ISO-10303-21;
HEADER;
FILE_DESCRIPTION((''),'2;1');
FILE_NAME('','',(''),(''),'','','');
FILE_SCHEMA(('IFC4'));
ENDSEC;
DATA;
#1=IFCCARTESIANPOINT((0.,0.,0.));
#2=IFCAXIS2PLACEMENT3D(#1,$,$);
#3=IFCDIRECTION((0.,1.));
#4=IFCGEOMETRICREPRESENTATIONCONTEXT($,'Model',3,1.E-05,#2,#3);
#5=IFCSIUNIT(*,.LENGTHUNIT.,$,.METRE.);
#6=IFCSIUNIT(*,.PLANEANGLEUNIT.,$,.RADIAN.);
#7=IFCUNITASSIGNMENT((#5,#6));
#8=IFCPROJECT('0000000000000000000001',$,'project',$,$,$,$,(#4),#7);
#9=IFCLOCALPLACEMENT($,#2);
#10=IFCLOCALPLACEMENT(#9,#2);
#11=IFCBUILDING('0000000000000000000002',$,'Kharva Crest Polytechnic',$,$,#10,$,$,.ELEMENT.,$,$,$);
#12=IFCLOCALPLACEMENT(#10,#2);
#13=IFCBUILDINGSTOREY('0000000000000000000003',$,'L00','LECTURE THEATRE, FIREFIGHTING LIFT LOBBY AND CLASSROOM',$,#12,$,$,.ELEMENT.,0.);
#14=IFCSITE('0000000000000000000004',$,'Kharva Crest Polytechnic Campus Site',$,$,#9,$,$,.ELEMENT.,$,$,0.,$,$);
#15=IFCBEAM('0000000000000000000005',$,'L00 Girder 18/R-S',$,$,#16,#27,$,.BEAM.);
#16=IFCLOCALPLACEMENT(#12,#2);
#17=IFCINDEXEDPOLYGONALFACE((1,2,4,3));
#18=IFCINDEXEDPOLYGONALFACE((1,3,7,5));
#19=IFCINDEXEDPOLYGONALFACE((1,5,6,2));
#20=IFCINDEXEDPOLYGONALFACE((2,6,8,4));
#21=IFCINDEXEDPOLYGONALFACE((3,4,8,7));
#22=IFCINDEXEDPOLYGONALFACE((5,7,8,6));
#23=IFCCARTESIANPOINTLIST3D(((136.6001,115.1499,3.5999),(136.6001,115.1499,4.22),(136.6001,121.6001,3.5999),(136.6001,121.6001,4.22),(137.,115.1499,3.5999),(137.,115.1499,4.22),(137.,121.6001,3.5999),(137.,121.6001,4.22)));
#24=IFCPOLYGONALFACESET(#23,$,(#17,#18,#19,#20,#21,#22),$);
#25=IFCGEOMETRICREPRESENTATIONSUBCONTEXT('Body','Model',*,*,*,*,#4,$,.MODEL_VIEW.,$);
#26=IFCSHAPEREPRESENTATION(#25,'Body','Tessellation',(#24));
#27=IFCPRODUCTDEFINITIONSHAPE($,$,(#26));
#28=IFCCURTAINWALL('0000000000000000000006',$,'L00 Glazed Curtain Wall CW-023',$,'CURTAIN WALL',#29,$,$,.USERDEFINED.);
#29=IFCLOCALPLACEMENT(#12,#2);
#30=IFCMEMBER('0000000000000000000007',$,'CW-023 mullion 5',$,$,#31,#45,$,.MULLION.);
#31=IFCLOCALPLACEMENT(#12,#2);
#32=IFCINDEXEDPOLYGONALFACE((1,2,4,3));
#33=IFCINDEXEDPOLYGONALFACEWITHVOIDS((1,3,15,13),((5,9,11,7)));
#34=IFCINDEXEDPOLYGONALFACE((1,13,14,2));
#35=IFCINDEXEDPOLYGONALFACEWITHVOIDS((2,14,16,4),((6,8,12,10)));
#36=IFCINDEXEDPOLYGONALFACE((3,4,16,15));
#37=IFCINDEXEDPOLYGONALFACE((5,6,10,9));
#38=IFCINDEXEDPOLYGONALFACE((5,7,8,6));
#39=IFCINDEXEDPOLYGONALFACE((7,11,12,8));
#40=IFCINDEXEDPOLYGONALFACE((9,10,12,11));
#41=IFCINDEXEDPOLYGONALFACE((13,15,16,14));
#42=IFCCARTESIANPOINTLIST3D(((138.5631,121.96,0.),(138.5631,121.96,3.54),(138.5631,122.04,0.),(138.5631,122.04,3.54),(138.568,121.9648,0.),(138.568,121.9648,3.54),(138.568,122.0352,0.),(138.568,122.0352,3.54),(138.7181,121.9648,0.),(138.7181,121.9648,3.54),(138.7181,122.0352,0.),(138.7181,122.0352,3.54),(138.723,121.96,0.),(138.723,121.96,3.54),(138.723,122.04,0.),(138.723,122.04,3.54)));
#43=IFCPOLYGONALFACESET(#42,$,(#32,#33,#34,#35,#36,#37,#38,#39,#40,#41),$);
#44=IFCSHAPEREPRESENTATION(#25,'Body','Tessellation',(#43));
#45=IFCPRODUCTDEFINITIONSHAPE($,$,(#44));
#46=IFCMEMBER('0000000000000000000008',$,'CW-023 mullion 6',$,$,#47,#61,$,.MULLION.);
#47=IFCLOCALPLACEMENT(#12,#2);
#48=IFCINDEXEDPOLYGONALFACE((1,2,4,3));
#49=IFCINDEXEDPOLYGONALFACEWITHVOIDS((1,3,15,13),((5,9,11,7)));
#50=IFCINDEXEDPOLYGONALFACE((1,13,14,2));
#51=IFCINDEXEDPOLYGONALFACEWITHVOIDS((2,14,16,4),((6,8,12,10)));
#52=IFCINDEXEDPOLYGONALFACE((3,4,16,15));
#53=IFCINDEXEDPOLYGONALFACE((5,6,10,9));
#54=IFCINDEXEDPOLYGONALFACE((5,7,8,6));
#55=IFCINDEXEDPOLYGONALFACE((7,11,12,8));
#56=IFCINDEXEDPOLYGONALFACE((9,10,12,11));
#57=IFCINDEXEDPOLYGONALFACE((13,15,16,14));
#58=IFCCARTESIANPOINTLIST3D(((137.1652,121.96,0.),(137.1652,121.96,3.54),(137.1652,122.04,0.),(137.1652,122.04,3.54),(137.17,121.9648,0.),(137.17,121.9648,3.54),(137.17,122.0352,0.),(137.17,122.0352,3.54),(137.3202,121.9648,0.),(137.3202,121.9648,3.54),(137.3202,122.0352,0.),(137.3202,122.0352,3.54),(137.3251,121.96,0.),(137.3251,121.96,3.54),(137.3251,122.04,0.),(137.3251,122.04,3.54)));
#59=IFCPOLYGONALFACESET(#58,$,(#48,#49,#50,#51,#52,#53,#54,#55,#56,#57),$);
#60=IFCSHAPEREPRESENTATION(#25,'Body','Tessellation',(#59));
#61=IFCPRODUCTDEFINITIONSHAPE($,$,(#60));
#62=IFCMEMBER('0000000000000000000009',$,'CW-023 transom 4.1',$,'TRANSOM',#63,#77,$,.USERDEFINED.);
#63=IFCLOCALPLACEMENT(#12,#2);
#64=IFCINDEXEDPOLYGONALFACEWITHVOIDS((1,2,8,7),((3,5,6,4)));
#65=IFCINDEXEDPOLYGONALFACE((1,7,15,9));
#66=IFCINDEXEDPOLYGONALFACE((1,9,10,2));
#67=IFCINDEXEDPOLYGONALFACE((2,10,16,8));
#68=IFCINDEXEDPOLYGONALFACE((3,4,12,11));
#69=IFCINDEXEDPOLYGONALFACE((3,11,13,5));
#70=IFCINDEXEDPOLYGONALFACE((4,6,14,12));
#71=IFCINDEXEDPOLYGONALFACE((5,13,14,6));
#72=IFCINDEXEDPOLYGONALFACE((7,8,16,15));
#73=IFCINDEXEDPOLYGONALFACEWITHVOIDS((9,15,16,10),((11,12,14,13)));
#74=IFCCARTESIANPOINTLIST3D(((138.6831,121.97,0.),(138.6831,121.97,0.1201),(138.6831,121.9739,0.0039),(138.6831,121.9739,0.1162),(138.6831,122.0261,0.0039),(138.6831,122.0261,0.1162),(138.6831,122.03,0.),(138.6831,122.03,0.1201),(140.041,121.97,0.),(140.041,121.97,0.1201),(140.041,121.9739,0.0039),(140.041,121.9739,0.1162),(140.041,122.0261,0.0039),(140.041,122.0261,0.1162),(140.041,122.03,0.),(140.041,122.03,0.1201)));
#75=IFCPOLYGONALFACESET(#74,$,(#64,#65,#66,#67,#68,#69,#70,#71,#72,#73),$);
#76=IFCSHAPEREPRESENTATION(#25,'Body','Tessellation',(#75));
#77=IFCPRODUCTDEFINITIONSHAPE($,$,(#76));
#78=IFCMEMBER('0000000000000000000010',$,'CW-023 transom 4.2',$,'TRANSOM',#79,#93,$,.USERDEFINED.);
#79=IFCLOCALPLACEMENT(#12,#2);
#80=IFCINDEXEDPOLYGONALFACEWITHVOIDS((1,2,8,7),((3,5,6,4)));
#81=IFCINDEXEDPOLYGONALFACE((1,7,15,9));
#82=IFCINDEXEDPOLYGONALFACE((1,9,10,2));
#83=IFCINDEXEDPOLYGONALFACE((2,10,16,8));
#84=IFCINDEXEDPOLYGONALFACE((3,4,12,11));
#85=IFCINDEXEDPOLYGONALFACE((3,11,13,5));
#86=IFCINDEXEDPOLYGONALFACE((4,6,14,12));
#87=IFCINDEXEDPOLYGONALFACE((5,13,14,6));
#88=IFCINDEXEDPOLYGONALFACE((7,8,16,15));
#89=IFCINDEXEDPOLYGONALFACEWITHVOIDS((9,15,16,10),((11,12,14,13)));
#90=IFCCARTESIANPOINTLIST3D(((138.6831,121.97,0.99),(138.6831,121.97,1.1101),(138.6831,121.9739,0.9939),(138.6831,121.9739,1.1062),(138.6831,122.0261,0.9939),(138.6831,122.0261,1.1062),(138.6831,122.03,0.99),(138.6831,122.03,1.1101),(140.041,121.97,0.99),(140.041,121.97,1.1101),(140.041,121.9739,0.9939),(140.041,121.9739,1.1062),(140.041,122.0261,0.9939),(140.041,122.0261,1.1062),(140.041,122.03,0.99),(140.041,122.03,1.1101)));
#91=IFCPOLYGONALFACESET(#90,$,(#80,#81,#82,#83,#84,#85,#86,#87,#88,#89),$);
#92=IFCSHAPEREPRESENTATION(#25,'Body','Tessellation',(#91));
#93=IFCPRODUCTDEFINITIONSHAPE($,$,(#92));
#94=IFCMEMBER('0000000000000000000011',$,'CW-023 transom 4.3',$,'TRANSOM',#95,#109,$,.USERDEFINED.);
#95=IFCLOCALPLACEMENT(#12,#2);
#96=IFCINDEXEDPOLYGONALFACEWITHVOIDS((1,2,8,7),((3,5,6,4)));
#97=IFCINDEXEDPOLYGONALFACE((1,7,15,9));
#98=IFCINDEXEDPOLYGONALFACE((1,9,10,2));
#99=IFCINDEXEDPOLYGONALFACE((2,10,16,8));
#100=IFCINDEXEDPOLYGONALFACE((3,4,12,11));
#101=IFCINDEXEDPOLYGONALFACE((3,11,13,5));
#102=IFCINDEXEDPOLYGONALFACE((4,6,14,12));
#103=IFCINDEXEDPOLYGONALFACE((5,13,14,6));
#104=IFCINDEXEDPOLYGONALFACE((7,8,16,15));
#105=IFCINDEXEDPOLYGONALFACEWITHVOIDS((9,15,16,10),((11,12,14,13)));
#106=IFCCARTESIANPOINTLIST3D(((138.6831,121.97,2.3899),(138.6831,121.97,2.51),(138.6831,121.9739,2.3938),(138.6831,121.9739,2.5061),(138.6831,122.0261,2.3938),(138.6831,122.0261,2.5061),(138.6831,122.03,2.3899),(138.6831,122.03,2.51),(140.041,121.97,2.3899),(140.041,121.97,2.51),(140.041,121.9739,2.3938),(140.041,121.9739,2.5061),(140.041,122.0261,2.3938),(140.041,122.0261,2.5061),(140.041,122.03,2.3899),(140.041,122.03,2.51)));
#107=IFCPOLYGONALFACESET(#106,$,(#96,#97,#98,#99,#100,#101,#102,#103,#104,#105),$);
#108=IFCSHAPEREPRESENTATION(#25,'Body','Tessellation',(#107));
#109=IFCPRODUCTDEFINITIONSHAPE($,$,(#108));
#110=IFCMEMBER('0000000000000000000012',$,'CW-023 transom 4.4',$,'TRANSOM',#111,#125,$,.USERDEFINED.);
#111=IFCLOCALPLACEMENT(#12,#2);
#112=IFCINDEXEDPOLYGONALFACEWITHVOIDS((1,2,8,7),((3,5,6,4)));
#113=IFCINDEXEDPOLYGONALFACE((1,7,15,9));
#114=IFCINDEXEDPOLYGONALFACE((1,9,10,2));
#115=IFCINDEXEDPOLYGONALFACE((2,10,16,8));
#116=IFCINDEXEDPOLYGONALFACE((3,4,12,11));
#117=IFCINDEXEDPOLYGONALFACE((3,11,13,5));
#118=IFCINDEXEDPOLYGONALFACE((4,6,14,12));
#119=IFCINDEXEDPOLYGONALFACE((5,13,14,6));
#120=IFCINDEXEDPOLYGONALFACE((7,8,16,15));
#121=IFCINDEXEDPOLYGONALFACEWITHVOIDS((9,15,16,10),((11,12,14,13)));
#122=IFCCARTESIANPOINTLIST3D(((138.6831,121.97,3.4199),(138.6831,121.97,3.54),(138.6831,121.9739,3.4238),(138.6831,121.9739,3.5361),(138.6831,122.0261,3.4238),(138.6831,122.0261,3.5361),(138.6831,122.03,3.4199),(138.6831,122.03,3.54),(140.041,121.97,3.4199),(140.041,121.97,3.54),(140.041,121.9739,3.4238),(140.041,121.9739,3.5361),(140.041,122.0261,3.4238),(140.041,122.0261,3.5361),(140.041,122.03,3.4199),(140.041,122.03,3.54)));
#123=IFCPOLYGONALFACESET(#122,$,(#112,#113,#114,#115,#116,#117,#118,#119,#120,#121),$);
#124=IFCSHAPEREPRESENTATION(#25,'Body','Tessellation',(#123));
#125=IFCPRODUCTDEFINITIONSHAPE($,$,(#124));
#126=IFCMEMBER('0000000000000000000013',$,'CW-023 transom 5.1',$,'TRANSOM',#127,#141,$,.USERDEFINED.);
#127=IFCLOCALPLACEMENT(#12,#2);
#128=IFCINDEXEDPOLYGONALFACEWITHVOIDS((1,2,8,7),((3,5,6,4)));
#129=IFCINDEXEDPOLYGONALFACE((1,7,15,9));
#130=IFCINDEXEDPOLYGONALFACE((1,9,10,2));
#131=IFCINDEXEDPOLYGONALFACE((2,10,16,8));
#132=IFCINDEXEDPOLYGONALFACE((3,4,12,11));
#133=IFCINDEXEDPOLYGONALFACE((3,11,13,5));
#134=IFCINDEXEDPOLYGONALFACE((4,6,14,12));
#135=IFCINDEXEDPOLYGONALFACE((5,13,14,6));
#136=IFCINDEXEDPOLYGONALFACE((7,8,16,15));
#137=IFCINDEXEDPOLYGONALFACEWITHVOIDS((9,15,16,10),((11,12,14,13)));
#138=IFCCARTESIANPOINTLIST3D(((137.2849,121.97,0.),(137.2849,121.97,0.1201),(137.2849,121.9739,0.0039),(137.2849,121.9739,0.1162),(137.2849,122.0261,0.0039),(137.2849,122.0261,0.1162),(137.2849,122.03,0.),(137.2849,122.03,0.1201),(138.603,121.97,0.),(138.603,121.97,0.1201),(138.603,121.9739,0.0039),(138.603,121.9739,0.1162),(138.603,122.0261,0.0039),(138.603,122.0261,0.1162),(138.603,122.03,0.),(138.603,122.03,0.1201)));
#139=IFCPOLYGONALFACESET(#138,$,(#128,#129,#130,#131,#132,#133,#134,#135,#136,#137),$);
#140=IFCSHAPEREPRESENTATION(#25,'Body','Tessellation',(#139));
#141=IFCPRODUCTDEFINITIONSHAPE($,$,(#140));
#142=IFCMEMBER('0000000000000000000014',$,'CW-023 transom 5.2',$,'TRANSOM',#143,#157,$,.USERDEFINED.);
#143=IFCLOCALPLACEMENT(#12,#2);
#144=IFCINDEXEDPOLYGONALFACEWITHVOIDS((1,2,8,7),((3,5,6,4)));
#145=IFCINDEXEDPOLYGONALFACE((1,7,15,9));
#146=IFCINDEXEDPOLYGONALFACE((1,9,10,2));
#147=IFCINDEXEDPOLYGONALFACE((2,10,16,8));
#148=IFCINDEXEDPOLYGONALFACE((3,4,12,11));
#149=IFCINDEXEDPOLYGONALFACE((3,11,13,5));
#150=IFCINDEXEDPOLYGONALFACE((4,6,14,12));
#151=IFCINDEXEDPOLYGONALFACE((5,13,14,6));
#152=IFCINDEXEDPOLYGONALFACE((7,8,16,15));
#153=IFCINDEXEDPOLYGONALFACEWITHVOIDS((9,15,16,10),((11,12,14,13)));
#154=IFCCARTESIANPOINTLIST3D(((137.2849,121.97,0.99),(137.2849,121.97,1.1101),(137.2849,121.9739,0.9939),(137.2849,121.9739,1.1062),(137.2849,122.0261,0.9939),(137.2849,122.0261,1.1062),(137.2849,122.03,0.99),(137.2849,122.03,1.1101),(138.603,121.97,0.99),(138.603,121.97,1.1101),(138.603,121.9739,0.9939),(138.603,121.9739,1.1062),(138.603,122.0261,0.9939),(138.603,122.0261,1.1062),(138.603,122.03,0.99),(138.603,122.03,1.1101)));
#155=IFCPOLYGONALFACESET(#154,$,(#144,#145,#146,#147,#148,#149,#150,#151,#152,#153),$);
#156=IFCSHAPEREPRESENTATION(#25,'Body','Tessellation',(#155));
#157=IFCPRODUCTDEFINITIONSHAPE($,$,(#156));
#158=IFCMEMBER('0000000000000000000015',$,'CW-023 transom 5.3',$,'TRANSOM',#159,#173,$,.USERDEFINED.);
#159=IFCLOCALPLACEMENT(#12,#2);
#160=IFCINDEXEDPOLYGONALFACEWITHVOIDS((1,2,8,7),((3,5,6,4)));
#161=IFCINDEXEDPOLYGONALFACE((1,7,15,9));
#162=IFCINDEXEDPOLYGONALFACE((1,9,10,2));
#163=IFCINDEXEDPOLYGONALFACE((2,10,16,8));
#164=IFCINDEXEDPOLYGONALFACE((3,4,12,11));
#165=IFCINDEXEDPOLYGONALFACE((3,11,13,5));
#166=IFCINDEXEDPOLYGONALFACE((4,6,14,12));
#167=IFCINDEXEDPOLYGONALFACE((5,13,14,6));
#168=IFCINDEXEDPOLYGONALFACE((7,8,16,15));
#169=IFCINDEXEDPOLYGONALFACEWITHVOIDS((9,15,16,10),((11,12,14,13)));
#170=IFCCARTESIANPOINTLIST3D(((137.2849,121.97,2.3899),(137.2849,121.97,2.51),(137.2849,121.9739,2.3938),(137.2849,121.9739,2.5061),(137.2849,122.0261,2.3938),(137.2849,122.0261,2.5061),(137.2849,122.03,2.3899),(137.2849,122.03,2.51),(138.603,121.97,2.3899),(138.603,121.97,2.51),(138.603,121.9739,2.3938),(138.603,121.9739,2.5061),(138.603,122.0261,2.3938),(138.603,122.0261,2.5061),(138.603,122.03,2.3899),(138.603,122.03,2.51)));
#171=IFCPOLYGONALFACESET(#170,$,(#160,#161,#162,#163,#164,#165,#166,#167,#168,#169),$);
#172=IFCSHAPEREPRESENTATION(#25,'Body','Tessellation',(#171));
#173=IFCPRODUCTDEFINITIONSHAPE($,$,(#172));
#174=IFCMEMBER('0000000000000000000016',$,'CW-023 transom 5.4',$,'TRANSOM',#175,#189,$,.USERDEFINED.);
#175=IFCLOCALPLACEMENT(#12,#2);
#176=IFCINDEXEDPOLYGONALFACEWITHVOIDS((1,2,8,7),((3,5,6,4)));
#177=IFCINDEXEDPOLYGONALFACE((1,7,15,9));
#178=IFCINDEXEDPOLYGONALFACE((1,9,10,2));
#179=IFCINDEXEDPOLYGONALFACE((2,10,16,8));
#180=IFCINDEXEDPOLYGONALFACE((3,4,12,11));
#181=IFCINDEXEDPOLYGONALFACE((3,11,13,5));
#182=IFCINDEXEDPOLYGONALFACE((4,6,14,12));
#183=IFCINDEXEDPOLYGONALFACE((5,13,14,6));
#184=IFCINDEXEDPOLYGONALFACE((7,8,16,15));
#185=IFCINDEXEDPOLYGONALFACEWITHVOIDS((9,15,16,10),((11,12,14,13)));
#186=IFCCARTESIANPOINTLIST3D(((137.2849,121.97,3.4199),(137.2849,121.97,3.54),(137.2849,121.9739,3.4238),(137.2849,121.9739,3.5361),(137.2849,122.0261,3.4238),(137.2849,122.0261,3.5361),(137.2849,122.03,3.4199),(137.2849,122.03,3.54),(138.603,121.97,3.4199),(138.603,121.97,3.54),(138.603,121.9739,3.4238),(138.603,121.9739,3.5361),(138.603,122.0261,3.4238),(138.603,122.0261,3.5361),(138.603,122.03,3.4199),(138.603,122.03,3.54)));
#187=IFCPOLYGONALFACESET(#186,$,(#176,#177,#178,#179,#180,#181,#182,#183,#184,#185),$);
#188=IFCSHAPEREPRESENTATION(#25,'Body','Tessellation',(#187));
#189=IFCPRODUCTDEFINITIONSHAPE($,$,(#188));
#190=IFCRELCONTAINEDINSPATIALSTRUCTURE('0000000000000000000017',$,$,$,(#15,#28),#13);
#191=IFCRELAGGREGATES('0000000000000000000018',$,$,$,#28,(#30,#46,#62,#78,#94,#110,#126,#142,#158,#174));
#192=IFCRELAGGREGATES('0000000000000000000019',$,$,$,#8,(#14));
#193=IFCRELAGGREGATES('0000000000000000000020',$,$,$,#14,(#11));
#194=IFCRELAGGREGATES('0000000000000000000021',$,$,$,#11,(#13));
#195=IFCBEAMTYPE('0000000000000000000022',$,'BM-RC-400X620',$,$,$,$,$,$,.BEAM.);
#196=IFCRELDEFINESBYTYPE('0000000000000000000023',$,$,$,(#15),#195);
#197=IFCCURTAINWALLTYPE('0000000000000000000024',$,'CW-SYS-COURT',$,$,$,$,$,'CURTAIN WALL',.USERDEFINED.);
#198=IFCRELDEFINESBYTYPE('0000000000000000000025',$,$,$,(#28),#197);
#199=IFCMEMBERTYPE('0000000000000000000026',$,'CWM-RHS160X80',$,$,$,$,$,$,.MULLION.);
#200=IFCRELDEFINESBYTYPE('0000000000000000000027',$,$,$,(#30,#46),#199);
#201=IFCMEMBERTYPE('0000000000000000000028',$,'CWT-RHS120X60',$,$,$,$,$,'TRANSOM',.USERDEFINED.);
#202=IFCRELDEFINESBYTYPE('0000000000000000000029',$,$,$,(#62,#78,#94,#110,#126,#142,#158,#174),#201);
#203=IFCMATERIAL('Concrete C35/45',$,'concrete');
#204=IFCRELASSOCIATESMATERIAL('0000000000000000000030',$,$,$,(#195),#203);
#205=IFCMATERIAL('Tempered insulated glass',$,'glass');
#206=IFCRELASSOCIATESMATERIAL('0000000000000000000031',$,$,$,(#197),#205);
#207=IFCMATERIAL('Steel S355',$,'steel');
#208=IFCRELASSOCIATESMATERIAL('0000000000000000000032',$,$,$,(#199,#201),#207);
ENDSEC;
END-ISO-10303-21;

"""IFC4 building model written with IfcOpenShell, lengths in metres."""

from ifc_helpers import new_model, si_unit, direction, frame, origin, origin_2d, place, context, subcontext, project, spatial, rectangle, hollow_rectangle, extrude, material, material_profile, profile_set, type_object, element, aggregate, save


model = new_model("IFC4")

# Units and contexts
model_context = context("Model", 3, precision=1e-05, world=origin(), true_north=direction((0.0, 1.0)))
body_context = subcontext(model_context, "Body", "Model", "MODEL_VIEW")
ifc_project = project(units=[si_unit("LENGTHUNIT", "METRE"), si_unit("PLANEANGLEUNIT", "RADIAN")], contexts=[model_context])

# Site, building, storey
site_placement = place(None, origin())
site = spatial("IfcSite", under=ifc_project, at=site_placement, Name="Kharva Crest Polytechnic Campus Site", CompositionType="ELEMENT", RefElevation=0.0)
building_placement = place(site_placement, origin())
building = spatial("IfcBuilding", under=site, at=building_placement, Name="Kharva Crest Polytechnic", CompositionType="ELEMENT")
storey_placement = place(building_placement, origin())
storey = spatial("IfcBuildingStorey", under=building, at=storey_placement, Name="L00", Description="LECTURE THEATRE, FIREFIGHTING LIFT LOBBY AND CLASSROOM", CompositionType="ELEMENT", Elevation=0.0)

# Shared definitions
ifc_material_1 = material(Name="Concrete C35/45", Category="concrete")

# Beam
ifc_material_profile_1 = material_profile(ifc_material_1, rectangle(XDim=0.3999, YDim=0.6201, at=origin_2d()), Name="RECT 400 X 620")
ifc_profile_set_1 = profile_set([ifc_material_profile_1], Name="Concrete C35/45")
beam_type_1 = type_object("IfcBeamType", Name="BM-RC-400X620", PredefinedType="BEAM", material=ifc_profile_set_1)
beam_1_placement = place(storey_placement, frame((136.8, 115.1499, 3.9099), z_axis=(0.0, 1.0, 0.0), x_axis=(-1.0, 0.0, 0.0)))
element("IfcBeam", 1, at=beam_1_placement, inside=storey, type_object=beam_type_1, Name="L00 Girder 18/R-S", PredefinedType="BEAM", context=body_context, shape_type="SweptSolid", body=[
    extrude(rectangle(XDim=0.3999, YDim=0.6201, at=origin_2d()), origin(), (0.0, 0.0, 1.0), 6.4502),
])

# Curtain wall, members
ifc_material_2 = material(Name="Tempered insulated glass", Category="glass")
curtain_wall_type = type_object("IfcCurtainWallType", Name="CW-SYS-COURT", ElementType="CURTAIN WALL", PredefinedType="USERDEFINED", material=ifc_material_2)
curtain_wall_placement = place(storey_placement, origin())
curtain_wall = element("IfcCurtainWall", 2, at=curtain_wall_placement, inside=storey, type_object=curtain_wall_type, Name="L00 Glazed Curtain Wall CW-023", ObjectType="CURTAIN WALL", PredefinedType="USERDEFINED")
ifc_material_3 = material(Name="Steel S355", Category="steel")
ifc_material_profile_2 = material_profile(ifc_material_3, hollow_rectangle(XDim=0.0801, YDim=0.1599, WallThickness=0.0049, at=origin_2d()), Name="RHS 160X80X5.0")
ifc_profile_set_2 = profile_set([ifc_material_profile_2], Name="Steel S355")
member_type_1 = type_object("IfcMemberType", Name="CWM-RHS160X80", PredefinedType="MULLION", material=ifc_profile_set_2)
member_1_placement = place(storey_placement, frame((138.6431, 122.0, 0.0), z_axis=(0.0, 0.0, 1.0), x_axis=(0.0, -1.0, 0.0)))
member_1 = element("IfcMember", 3, at=member_1_placement, type_object=member_type_1, Name="CW-023 mullion 5", PredefinedType="MULLION", context=body_context, shape_type="SweptSolid", body=[
    extrude(hollow_rectangle(XDim=0.0801, YDim=0.1599, WallThickness=0.0049, at=origin_2d()), origin(), (0.0, 0.0, 1.0), 3.54),
])
member_2_placement = place(storey_placement, frame((137.2451, 122.0, 0.0), z_axis=(0.0, 0.0, 1.0), x_axis=(0.0, -1.0, 0.0)))
member_2 = element("IfcMember", 4, at=member_2_placement, type_object=member_type_1, Name="CW-023 mullion 6", PredefinedType="MULLION", context=body_context, shape_type="SweptSolid", body=[
    extrude(hollow_rectangle(XDim=0.0801, YDim=0.1599, WallThickness=0.0049, at=origin_2d()), origin(), (0.0, 0.0, 1.0), 3.54),
])
ifc_material_profile_3 = material_profile(ifc_material_3, hollow_rectangle(XDim=0.0601, YDim=0.1201, WallThickness=0.0039, at=origin_2d()), Name="RHS 120X60X4.0")
ifc_profile_set_3 = profile_set([ifc_material_profile_3], Name="Steel S355")
member_type_2 = type_object("IfcMemberType", Name="CWT-RHS120X60", ElementType="TRANSOM", PredefinedType="USERDEFINED", material=ifc_profile_set_3)
member_3_placement = place(storey_placement, frame((140.041, 122.0, 0.0601), z_axis=(-1.0, 0.0, 0.0), x_axis=(0.0, -1.0, 0.0)))
member_3 = element("IfcMember", 5, at=member_3_placement, type_object=member_type_2, Name="CW-023 transom 4.1", ObjectType="TRANSOM", PredefinedType="USERDEFINED", context=body_context, shape_type="SweptSolid", body=[
    extrude(hollow_rectangle(XDim=0.0601, YDim=0.1201, WallThickness=0.0039, at=origin_2d()), origin(), (0.0, 0.0, 1.0), 1.3579),
])
member_4_placement = place(storey_placement, frame((140.041, 122.0, 1.05), z_axis=(-1.0, 0.0, 0.0), x_axis=(0.0, -1.0, 0.0)))
member_4 = element("IfcMember", 6, at=member_4_placement, type_object=member_type_2, Name="CW-023 transom 4.2", ObjectType="TRANSOM", PredefinedType="USERDEFINED", context=body_context, shape_type="SweptSolid", body=[
    extrude(hollow_rectangle(XDim=0.0601, YDim=0.1201, WallThickness=0.0039, at=origin_2d()), origin(), (0.0, 0.0, 1.0), 1.3579),
])
member_5_placement = place(storey_placement, frame((140.041, 122.0, 2.45), z_axis=(-1.0, 0.0, 0.0), x_axis=(0.0, -1.0, 0.0)))
member_5 = element("IfcMember", 7, at=member_5_placement, type_object=member_type_2, Name="CW-023 transom 4.3", ObjectType="TRANSOM", PredefinedType="USERDEFINED", context=body_context, shape_type="SweptSolid", body=[
    extrude(hollow_rectangle(XDim=0.0601, YDim=0.1201, WallThickness=0.0039, at=origin_2d()), origin(), (0.0, 0.0, 1.0), 1.3579),
])
member_6_placement = place(storey_placement, frame((140.041, 122.0, 3.48), z_axis=(-1.0, 0.0, 0.0), x_axis=(0.0, -1.0, 0.0)))
member_6 = element("IfcMember", 8, at=member_6_placement, type_object=member_type_2, Name="CW-023 transom 4.4", ObjectType="TRANSOM", PredefinedType="USERDEFINED", context=body_context, shape_type="SweptSolid", body=[
    extrude(hollow_rectangle(XDim=0.0601, YDim=0.1201, WallThickness=0.0039, at=origin_2d()), origin(), (0.0, 0.0, 1.0), 1.3579),
])
member_7_placement = place(storey_placement, frame((138.603, 122.0, 0.0601), z_axis=(-1.0, 0.0, 0.0), x_axis=(0.0, -1.0, 0.0)))
member_7 = element("IfcMember", 9, at=member_7_placement, type_object=member_type_2, Name="CW-023 transom 5.1", ObjectType="TRANSOM", PredefinedType="USERDEFINED", context=body_context, shape_type="SweptSolid", body=[
    extrude(hollow_rectangle(XDim=0.0601, YDim=0.1201, WallThickness=0.0039, at=origin_2d()), origin(), (0.0, 0.0, 1.0), 1.3181),
])
member_8_placement = place(storey_placement, frame((138.603, 122.0, 1.05), z_axis=(-1.0, 0.0, 0.0), x_axis=(0.0, -1.0, 0.0)))
member_8 = element("IfcMember", 10, at=member_8_placement, type_object=member_type_2, Name="CW-023 transom 5.2", ObjectType="TRANSOM", PredefinedType="USERDEFINED", context=body_context, shape_type="SweptSolid", body=[
    extrude(hollow_rectangle(XDim=0.0601, YDim=0.1201, WallThickness=0.0039, at=origin_2d()), origin(), (0.0, 0.0, 1.0), 1.3181),
])
member_9_placement = place(storey_placement, frame((138.603, 122.0, 2.45), z_axis=(-1.0, 0.0, 0.0), x_axis=(0.0, -1.0, 0.0)))
member_9 = element("IfcMember", 11, at=member_9_placement, type_object=member_type_2, Name="CW-023 transom 5.3", ObjectType="TRANSOM", PredefinedType="USERDEFINED", context=body_context, shape_type="SweptSolid", body=[
    extrude(hollow_rectangle(XDim=0.0601, YDim=0.1201, WallThickness=0.0039, at=origin_2d()), origin(), (0.0, 0.0, 1.0), 1.3181),
])
member_10_placement = place(storey_placement, frame((138.603, 122.0, 3.48), z_axis=(-1.0, 0.0, 0.0), x_axis=(0.0, -1.0, 0.0)))
member_10 = element("IfcMember", 12, at=member_10_placement, type_object=member_type_2, Name="CW-023 transom 5.4", ObjectType="TRANSOM", PredefinedType="USERDEFINED", context=body_context, shape_type="SweptSolid", body=[
    extrude(hollow_rectangle(XDim=0.0601, YDim=0.1201, WallThickness=0.0039, at=origin_2d()), origin(), (0.0, 0.0, 1.0), 1.3181),
])

aggregate(curtain_wall, [member_1, member_2, member_3, member_4, member_5, member_6, member_7, member_8, member_9, member_10])

save(model, "model.ifc")
